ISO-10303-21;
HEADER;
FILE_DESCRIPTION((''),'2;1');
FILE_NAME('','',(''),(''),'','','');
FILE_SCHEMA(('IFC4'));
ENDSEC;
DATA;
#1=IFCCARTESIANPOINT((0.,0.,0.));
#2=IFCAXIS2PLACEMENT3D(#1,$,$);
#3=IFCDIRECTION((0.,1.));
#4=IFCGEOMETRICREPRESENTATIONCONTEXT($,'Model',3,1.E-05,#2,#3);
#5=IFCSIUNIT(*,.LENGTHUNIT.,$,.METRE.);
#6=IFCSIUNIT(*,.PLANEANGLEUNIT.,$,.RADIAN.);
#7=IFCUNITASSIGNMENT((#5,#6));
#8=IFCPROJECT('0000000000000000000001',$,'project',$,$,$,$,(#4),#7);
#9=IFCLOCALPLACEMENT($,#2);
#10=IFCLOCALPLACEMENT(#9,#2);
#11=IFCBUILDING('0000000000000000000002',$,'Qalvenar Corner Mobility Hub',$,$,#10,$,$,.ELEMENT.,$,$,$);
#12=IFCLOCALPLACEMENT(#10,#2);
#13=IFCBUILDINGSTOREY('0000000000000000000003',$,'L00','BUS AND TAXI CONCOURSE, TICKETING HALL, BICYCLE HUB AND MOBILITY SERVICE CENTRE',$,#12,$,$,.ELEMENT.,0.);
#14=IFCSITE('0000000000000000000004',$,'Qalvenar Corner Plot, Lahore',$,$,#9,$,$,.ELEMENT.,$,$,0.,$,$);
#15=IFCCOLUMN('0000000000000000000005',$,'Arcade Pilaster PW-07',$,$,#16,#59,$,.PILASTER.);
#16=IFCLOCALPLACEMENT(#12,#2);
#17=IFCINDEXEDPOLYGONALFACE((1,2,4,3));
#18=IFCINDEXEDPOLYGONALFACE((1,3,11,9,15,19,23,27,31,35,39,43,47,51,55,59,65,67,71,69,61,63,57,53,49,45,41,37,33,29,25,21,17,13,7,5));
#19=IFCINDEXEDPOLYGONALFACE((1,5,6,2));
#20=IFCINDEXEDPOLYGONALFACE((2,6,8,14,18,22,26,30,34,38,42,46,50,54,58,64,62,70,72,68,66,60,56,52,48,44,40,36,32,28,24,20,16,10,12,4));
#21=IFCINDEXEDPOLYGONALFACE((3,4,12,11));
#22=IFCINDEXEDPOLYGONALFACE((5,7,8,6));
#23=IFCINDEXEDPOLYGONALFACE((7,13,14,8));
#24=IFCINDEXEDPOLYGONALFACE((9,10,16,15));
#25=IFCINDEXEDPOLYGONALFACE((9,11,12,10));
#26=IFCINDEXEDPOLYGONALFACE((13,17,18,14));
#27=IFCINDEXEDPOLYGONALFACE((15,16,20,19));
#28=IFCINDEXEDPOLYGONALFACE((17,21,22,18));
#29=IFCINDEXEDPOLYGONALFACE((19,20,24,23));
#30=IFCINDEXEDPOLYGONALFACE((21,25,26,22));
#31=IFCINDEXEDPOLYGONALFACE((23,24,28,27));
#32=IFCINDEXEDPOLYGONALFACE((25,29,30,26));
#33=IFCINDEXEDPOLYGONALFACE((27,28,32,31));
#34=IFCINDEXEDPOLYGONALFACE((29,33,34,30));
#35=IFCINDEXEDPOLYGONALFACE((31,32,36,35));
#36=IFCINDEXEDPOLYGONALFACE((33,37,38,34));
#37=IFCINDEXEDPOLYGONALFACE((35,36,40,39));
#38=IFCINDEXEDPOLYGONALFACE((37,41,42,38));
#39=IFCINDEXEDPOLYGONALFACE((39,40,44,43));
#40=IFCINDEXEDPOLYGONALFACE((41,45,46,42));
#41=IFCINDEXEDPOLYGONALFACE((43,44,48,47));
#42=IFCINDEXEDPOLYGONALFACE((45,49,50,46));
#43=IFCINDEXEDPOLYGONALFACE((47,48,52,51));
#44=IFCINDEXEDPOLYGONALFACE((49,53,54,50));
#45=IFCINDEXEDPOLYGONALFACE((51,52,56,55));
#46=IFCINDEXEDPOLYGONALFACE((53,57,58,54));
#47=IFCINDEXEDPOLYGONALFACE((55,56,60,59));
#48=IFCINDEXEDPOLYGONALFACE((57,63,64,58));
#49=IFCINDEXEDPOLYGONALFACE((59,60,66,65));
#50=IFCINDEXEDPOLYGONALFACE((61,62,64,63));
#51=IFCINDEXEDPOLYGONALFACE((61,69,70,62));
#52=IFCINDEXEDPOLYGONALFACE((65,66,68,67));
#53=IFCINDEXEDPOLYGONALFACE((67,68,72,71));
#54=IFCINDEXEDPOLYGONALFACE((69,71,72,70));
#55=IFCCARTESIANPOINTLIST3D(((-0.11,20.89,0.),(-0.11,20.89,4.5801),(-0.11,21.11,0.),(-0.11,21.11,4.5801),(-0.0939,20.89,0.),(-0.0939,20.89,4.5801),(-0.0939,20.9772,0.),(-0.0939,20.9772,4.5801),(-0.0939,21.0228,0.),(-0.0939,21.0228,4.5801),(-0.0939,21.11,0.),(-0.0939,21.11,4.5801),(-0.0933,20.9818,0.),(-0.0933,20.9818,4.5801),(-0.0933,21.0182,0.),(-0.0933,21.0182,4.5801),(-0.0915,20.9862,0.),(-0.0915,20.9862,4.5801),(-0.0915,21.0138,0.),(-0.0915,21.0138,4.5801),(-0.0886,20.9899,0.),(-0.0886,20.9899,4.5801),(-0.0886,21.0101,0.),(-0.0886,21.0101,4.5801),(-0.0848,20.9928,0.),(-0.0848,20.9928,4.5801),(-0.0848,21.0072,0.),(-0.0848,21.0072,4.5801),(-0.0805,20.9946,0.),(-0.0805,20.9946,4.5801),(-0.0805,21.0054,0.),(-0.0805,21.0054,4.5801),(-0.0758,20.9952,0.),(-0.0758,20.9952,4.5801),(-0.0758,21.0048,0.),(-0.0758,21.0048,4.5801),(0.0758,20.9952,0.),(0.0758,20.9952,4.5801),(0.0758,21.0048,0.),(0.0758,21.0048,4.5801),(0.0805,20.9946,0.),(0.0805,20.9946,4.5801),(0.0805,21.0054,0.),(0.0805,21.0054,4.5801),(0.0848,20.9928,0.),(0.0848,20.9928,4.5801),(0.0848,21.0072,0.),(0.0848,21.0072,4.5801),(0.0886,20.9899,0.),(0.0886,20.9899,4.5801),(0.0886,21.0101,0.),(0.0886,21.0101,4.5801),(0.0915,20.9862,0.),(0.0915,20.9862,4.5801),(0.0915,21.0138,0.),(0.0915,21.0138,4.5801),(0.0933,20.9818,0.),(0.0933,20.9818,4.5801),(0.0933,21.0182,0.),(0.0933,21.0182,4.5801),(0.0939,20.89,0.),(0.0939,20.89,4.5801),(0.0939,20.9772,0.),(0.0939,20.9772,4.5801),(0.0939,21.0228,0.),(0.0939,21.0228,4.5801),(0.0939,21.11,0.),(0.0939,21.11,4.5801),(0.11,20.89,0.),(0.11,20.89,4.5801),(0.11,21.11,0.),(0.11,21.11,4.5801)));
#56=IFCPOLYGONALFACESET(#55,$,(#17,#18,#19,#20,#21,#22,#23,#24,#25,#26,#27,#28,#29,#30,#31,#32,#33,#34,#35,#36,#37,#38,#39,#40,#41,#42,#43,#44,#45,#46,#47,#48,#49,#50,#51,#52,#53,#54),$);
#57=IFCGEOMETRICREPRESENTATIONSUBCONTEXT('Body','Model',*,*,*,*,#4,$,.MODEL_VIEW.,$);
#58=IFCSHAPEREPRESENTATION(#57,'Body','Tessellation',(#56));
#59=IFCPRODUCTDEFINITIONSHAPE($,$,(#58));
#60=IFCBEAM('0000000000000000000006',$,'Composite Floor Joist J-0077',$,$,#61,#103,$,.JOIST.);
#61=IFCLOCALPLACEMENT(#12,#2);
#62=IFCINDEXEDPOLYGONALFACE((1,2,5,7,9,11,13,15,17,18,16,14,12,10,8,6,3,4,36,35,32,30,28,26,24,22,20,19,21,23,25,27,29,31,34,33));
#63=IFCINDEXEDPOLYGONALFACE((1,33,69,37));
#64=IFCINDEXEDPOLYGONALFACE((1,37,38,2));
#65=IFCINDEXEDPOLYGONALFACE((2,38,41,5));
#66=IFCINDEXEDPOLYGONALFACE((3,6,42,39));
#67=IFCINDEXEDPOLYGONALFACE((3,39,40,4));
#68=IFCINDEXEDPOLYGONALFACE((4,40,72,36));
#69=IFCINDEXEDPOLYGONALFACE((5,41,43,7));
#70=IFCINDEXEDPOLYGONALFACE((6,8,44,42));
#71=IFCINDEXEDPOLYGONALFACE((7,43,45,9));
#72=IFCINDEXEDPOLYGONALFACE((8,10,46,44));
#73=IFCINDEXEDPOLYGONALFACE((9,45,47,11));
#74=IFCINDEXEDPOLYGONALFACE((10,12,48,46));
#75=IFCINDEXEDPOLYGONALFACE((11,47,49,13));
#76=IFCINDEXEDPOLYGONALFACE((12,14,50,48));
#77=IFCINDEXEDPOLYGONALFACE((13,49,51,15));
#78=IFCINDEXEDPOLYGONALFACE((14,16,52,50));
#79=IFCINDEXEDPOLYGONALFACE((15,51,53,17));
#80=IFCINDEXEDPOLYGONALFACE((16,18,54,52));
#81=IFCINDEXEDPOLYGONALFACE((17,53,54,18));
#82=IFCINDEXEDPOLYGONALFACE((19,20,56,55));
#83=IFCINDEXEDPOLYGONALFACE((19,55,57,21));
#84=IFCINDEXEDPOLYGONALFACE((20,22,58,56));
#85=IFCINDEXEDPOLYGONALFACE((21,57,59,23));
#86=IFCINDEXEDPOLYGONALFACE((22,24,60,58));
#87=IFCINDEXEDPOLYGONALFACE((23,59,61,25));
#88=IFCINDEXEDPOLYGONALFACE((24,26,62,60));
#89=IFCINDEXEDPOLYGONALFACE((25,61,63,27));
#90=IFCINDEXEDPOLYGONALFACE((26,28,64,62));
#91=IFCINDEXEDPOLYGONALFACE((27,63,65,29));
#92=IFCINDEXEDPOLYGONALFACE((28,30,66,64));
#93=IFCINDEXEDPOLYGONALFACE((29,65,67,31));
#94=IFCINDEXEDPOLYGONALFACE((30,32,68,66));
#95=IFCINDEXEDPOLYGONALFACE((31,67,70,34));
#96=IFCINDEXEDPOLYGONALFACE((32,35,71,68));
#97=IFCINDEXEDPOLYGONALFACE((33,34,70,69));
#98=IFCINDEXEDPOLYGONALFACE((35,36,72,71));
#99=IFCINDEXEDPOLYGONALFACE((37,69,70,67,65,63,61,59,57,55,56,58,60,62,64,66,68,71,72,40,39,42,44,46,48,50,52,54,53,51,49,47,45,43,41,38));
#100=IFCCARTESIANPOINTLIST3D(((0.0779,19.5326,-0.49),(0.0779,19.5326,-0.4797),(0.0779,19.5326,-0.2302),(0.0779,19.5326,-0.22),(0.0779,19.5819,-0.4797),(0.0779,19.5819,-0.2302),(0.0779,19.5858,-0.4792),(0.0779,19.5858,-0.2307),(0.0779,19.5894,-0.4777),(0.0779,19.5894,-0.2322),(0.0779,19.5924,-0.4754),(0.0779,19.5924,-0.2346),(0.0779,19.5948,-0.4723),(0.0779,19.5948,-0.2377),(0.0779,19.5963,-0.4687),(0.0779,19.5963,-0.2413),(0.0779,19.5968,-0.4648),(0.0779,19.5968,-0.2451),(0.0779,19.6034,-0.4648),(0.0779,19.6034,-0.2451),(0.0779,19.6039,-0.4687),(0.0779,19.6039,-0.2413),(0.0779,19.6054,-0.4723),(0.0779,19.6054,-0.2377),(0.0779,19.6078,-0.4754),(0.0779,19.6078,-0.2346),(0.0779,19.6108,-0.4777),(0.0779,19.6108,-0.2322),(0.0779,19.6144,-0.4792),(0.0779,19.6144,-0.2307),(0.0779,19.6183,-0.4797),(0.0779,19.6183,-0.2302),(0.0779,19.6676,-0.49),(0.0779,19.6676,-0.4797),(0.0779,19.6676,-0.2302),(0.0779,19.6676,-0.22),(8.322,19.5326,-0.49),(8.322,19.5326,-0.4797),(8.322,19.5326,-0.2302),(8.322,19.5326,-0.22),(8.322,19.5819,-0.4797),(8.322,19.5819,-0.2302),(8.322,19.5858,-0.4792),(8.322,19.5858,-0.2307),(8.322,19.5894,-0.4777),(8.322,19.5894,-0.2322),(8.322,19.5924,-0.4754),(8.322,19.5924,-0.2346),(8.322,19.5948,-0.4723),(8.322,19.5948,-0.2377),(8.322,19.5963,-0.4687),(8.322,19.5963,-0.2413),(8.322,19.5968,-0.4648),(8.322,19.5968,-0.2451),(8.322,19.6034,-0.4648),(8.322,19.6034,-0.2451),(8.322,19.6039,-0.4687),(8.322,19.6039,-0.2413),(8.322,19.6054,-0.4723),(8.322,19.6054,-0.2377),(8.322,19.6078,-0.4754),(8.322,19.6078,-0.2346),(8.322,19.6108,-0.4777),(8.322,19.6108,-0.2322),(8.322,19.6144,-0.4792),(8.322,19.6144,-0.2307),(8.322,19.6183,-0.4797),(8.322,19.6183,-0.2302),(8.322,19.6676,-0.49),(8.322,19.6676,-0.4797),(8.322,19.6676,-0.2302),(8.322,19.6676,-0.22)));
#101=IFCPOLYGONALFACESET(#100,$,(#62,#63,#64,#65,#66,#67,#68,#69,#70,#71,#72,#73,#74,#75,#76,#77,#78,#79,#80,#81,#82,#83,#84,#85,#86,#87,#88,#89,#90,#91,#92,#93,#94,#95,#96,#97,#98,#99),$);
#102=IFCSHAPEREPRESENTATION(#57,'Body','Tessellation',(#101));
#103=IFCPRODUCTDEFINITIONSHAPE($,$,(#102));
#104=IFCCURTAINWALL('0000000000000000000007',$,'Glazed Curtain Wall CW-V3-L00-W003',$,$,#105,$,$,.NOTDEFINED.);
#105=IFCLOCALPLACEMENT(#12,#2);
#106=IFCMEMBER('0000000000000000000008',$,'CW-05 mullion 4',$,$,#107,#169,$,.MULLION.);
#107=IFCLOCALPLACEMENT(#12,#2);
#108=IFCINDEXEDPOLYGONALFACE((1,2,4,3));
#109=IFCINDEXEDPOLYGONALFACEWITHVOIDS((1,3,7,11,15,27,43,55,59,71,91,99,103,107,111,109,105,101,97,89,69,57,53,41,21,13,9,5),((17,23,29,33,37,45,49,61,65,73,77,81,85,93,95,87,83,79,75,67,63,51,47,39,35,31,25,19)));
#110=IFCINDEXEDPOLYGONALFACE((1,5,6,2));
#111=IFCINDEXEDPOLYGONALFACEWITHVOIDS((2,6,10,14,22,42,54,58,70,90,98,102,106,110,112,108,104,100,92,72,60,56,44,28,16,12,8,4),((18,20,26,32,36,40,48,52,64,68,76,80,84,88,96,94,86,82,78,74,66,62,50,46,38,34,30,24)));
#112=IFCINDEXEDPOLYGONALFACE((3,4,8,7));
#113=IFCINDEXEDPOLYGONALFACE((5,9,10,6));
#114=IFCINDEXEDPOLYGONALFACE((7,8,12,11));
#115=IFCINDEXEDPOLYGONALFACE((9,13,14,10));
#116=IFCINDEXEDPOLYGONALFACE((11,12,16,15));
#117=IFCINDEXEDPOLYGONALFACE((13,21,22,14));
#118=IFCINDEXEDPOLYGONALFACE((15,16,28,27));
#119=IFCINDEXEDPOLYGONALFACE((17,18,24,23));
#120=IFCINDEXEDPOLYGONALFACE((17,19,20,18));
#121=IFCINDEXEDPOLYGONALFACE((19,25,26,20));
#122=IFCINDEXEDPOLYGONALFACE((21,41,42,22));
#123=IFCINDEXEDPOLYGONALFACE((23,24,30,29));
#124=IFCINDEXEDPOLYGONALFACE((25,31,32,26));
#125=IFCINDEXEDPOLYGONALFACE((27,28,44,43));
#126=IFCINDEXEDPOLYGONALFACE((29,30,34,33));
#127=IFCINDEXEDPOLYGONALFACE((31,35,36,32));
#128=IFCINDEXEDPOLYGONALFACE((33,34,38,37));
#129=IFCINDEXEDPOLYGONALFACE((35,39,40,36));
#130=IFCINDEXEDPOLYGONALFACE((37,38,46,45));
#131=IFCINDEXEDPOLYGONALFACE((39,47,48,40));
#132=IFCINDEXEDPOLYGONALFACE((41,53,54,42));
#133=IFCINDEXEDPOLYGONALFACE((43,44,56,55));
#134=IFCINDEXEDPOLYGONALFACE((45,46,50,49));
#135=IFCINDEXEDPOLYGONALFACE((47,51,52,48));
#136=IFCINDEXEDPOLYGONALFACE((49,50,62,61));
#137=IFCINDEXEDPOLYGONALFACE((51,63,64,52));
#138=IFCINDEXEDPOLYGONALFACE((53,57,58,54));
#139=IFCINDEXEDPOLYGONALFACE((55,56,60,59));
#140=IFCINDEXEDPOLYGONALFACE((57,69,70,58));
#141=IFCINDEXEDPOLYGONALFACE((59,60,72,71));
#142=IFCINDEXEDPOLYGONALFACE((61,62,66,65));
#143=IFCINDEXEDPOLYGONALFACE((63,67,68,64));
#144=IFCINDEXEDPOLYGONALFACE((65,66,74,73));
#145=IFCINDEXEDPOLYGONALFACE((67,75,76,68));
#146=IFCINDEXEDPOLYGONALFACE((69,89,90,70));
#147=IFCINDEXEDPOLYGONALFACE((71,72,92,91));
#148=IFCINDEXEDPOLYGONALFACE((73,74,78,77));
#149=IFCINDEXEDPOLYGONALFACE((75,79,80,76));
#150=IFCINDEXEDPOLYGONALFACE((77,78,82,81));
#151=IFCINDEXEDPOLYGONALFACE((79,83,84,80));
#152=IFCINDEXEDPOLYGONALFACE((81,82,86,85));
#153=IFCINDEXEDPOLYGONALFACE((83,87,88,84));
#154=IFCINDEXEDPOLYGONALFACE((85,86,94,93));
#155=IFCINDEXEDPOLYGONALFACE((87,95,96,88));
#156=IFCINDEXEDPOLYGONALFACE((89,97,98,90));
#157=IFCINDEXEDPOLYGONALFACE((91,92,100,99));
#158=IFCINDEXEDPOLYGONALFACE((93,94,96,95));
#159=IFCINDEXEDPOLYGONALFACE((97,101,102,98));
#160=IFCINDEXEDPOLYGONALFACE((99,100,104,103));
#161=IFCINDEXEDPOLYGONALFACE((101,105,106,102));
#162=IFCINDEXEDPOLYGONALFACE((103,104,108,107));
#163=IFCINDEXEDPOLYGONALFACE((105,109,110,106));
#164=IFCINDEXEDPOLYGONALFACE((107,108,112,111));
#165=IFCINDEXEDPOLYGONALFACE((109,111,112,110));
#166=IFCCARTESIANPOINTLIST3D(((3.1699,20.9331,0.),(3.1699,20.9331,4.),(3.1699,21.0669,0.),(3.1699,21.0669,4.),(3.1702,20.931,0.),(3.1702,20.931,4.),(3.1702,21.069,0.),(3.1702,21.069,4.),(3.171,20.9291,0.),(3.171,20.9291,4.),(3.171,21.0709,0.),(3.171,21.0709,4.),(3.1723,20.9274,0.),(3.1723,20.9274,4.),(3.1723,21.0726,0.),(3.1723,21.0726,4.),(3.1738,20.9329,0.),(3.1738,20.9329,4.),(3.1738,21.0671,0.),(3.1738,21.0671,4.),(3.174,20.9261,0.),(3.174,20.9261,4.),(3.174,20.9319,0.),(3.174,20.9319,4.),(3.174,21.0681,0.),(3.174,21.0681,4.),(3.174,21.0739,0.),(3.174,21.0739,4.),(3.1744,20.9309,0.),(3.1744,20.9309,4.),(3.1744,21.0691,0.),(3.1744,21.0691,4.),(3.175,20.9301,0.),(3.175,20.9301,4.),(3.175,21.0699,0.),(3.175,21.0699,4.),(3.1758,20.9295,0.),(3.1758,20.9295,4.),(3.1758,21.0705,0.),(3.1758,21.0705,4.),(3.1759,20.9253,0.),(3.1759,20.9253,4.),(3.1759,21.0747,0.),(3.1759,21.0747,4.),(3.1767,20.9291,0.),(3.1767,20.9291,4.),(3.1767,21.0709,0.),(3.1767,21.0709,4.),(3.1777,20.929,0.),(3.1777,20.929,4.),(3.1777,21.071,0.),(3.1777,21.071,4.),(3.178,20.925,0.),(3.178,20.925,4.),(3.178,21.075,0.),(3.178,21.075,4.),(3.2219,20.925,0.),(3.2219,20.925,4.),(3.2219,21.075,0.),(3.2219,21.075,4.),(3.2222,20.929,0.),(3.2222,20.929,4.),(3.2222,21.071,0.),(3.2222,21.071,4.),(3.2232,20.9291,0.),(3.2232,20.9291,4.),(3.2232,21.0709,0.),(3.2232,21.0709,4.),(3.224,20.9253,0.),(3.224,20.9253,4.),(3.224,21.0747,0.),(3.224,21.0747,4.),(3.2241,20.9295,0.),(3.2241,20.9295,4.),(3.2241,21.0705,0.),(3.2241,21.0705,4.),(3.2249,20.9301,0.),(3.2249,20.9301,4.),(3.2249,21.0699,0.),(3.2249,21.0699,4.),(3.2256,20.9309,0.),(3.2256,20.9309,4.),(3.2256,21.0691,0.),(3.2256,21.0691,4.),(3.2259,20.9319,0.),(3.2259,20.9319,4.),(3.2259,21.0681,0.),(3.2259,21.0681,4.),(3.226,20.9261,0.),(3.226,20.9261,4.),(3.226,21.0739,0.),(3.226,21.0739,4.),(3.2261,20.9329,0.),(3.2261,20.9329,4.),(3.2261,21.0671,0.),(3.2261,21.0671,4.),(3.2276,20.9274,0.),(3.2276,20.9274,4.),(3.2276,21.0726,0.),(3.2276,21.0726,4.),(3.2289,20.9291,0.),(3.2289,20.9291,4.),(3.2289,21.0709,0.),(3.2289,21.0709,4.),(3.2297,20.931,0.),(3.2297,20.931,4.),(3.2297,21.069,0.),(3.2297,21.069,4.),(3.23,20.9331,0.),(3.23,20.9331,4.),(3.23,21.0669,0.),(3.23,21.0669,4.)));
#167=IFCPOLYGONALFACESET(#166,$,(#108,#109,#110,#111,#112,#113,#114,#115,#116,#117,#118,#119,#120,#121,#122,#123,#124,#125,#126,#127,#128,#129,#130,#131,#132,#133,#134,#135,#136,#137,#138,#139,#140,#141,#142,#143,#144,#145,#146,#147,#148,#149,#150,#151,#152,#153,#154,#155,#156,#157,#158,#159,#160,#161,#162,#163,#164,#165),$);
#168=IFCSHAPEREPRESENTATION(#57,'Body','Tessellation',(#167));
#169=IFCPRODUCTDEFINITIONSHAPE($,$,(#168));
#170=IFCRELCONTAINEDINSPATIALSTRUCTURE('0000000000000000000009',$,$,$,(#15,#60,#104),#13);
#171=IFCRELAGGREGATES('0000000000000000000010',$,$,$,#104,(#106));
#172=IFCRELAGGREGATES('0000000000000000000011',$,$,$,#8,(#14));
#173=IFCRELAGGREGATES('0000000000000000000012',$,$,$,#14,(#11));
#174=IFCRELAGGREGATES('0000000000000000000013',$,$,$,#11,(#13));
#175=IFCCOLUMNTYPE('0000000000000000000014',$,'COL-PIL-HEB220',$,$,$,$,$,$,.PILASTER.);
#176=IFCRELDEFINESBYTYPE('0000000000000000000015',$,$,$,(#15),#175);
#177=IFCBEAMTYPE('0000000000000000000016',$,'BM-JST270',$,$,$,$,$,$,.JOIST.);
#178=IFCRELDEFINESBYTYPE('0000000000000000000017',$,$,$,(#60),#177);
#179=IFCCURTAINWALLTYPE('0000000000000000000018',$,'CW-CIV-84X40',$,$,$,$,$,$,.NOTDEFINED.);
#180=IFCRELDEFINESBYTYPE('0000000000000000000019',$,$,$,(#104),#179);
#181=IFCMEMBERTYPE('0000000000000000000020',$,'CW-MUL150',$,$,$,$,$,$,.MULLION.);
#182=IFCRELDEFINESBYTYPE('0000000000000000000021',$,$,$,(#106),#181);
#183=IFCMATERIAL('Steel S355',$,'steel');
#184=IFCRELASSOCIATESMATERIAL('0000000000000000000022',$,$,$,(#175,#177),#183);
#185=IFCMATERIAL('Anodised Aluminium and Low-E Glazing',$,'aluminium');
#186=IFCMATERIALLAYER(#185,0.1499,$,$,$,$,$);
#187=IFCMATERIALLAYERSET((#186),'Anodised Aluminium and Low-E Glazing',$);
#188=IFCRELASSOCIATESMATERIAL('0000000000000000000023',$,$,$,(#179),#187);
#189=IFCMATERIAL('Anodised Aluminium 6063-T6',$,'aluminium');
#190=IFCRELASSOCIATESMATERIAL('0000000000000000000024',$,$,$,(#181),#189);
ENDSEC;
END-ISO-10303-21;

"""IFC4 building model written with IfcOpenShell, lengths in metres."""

from ifc_helpers import new_model, si_unit, direction, frame, origin, origin_2d, place, context, subcontext, project, spatial, hollow_rectangle, i_section, extrude, material, layer, layer_set, material_profile, profile_set, type_object, element, aggregate, save


model = new_model("IFC4")

# Units and contexts
model_context = context("Model", 3, precision=1e-05, world=origin(), true_north=direction((0.0, 1.0)))
body_context = subcontext(model_context, "Body", "Model", "MODEL_VIEW")
ifc_project = project(units=[si_unit("LENGTHUNIT", "METRE"), si_unit("PLANEANGLEUNIT", "RADIAN")], contexts=[model_context])

# Site, building, storey
site_placement = place(None, origin())
site = spatial("IfcSite", under=ifc_project, at=site_placement, Name="Qalvenar Corner Plot, Lahore", CompositionType="ELEMENT", RefElevation=0.0)
building_placement = place(site_placement, origin())
building = spatial("IfcBuilding", under=site, at=building_placement, Name="Qalvenar Corner Mobility Hub", CompositionType="ELEMENT")
storey_placement = place(building_placement, origin())
storey = spatial("IfcBuildingStorey", under=building, at=storey_placement, Name="L00", Description="BUS AND TAXI CONCOURSE, TICKETING HALL, BICYCLE HUB AND MOBILITY SERVICE CENTRE", CompositionType="ELEMENT", Elevation=0.0)

# Column
ifc_material_1 = material(Name="Steel S355", Category="steel")
ifc_material_profile_1 = material_profile(ifc_material_1, i_section(OverallWidth=0.22, OverallDepth=0.22, WebThickness=0.0095, FlangeThickness=0.0161, FilletRadius=0.0181, at=origin_2d()), Name="HEB220")
ifc_profile_set_1 = profile_set([ifc_material_profile_1], Name="Steel S355")
column_type = type_object("IfcColumnType", Name="COL-PIL-HEB220", PredefinedType="PILASTER", material=ifc_profile_set_1)
column_placement = place(storey_placement, frame((0.0, 21.0, 0.0), z_axis=(0.0, 0.0, 1.0), x_axis=(0.0, 1.0, 0.0)))
element("IfcColumn", 1, at=column_placement, inside=storey, type_object=column_type, Name="Arcade Pilaster PW-07", PredefinedType="PILASTER", context=body_context, shape_type="SweptSolid", body=[
    extrude(i_section(OverallWidth=0.22, OverallDepth=0.22, WebThickness=0.0095, FlangeThickness=0.0161, FilletRadius=0.0181, at=origin_2d()), origin(), (0.0, 0.0, 1.0), 4.5801),
])

# Beam
ifc_material_profile_2 = material_profile(ifc_material_1, i_section(OverallWidth=0.135, OverallDepth=0.27, WebThickness=0.0066, FlangeThickness=0.0103, FilletRadius=0.0149, at=origin_2d()), Name="IPE270")
ifc_profile_set_2 = profile_set([ifc_material_profile_2], Name="Steel S355")
beam_type = type_object("IfcBeamType", Name="BM-JST270", PredefinedType="JOIST", material=ifc_profile_set_2)
beam_placement = place(storey_placement, frame((0.0779, 19.6001, -0.355), z_axis=(1.0, 0.0, 0.0), x_axis=(0.0, 1.0, 0.0)))
element("IfcBeam", 2, at=beam_placement, inside=storey, type_object=beam_type, Name="Composite Floor Joist J-0077", PredefinedType="JOIST", context=body_context, shape_type="SweptSolid", body=[
    extrude(i_section(OverallWidth=0.135, OverallDepth=0.27, WebThickness=0.0066, FlangeThickness=0.0103, FilletRadius=0.0149, at=origin_2d()), origin(), (0.0, 0.0, 1.0), 8.2441),
])

# Curtain wall, member
ifc_material_2 = material(Name="Anodised Aluminium and Low-E Glazing", Category="aluminium")
ifc_layer_1 = layer(ifc_material_2, 0.1499)
ifc_layer_set_1 = layer_set([ifc_layer_1], Name="Anodised Aluminium and Low-E Glazing")
curtain_wall_type = type_object("IfcCurtainWallType", Name="CW-CIV-84X40", PredefinedType="NOTDEFINED", material=ifc_layer_set_1)
curtain_wall_placement = place(storey_placement, origin())
curtain_wall = element("IfcCurtainWall", 3, at=curtain_wall_placement, inside=storey, type_object=curtain_wall_type, Name="Glazed Curtain Wall CW-V3-L00-W003", PredefinedType="NOTDEFINED")
ifc_material_3 = material(Name="Anodised Aluminium 6063-T6", Category="aluminium")
ifc_material_profile_3 = material_profile(ifc_material_3, hollow_rectangle(XDim=0.0601, YDim=0.1499, WallThickness=0.0039, InnerFilletRadius=0.0039, OuterFilletRadius=0.0081, at=origin_2d()), Name="RHS150x60x4")
ifc_profile_set_3 = profile_set([ifc_material_profile_3], Name="Anodised Aluminium 6063-T6")
member_type_1 = type_object("IfcMemberType", Name="CW-MUL150", PredefinedType="MULLION", material=ifc_profile_set_3)
member_1_placement = place(storey_placement, frame((3.2, 21.0, 0.0), z_axis=(0.0, 0.0, 1.0), x_axis=(1.0, 0.0, 0.0)))
member_1 = element("IfcMember", 4, at=member_1_placement, type_object=member_type_1, Name="CW-05 mullion 4", PredefinedType="MULLION", context=body_context, shape_type="SweptSolid", body=[
    extrude(hollow_rectangle(XDim=0.0601, YDim=0.1499, WallThickness=0.0039, InnerFilletRadius=0.0039, OuterFilletRadius=0.0081, at=origin_2d()), origin(), (0.0, 0.0, 1.0), 4.0),
])
aggregate(curtain_wall, [member_1])

save(model, "model.ifc")
